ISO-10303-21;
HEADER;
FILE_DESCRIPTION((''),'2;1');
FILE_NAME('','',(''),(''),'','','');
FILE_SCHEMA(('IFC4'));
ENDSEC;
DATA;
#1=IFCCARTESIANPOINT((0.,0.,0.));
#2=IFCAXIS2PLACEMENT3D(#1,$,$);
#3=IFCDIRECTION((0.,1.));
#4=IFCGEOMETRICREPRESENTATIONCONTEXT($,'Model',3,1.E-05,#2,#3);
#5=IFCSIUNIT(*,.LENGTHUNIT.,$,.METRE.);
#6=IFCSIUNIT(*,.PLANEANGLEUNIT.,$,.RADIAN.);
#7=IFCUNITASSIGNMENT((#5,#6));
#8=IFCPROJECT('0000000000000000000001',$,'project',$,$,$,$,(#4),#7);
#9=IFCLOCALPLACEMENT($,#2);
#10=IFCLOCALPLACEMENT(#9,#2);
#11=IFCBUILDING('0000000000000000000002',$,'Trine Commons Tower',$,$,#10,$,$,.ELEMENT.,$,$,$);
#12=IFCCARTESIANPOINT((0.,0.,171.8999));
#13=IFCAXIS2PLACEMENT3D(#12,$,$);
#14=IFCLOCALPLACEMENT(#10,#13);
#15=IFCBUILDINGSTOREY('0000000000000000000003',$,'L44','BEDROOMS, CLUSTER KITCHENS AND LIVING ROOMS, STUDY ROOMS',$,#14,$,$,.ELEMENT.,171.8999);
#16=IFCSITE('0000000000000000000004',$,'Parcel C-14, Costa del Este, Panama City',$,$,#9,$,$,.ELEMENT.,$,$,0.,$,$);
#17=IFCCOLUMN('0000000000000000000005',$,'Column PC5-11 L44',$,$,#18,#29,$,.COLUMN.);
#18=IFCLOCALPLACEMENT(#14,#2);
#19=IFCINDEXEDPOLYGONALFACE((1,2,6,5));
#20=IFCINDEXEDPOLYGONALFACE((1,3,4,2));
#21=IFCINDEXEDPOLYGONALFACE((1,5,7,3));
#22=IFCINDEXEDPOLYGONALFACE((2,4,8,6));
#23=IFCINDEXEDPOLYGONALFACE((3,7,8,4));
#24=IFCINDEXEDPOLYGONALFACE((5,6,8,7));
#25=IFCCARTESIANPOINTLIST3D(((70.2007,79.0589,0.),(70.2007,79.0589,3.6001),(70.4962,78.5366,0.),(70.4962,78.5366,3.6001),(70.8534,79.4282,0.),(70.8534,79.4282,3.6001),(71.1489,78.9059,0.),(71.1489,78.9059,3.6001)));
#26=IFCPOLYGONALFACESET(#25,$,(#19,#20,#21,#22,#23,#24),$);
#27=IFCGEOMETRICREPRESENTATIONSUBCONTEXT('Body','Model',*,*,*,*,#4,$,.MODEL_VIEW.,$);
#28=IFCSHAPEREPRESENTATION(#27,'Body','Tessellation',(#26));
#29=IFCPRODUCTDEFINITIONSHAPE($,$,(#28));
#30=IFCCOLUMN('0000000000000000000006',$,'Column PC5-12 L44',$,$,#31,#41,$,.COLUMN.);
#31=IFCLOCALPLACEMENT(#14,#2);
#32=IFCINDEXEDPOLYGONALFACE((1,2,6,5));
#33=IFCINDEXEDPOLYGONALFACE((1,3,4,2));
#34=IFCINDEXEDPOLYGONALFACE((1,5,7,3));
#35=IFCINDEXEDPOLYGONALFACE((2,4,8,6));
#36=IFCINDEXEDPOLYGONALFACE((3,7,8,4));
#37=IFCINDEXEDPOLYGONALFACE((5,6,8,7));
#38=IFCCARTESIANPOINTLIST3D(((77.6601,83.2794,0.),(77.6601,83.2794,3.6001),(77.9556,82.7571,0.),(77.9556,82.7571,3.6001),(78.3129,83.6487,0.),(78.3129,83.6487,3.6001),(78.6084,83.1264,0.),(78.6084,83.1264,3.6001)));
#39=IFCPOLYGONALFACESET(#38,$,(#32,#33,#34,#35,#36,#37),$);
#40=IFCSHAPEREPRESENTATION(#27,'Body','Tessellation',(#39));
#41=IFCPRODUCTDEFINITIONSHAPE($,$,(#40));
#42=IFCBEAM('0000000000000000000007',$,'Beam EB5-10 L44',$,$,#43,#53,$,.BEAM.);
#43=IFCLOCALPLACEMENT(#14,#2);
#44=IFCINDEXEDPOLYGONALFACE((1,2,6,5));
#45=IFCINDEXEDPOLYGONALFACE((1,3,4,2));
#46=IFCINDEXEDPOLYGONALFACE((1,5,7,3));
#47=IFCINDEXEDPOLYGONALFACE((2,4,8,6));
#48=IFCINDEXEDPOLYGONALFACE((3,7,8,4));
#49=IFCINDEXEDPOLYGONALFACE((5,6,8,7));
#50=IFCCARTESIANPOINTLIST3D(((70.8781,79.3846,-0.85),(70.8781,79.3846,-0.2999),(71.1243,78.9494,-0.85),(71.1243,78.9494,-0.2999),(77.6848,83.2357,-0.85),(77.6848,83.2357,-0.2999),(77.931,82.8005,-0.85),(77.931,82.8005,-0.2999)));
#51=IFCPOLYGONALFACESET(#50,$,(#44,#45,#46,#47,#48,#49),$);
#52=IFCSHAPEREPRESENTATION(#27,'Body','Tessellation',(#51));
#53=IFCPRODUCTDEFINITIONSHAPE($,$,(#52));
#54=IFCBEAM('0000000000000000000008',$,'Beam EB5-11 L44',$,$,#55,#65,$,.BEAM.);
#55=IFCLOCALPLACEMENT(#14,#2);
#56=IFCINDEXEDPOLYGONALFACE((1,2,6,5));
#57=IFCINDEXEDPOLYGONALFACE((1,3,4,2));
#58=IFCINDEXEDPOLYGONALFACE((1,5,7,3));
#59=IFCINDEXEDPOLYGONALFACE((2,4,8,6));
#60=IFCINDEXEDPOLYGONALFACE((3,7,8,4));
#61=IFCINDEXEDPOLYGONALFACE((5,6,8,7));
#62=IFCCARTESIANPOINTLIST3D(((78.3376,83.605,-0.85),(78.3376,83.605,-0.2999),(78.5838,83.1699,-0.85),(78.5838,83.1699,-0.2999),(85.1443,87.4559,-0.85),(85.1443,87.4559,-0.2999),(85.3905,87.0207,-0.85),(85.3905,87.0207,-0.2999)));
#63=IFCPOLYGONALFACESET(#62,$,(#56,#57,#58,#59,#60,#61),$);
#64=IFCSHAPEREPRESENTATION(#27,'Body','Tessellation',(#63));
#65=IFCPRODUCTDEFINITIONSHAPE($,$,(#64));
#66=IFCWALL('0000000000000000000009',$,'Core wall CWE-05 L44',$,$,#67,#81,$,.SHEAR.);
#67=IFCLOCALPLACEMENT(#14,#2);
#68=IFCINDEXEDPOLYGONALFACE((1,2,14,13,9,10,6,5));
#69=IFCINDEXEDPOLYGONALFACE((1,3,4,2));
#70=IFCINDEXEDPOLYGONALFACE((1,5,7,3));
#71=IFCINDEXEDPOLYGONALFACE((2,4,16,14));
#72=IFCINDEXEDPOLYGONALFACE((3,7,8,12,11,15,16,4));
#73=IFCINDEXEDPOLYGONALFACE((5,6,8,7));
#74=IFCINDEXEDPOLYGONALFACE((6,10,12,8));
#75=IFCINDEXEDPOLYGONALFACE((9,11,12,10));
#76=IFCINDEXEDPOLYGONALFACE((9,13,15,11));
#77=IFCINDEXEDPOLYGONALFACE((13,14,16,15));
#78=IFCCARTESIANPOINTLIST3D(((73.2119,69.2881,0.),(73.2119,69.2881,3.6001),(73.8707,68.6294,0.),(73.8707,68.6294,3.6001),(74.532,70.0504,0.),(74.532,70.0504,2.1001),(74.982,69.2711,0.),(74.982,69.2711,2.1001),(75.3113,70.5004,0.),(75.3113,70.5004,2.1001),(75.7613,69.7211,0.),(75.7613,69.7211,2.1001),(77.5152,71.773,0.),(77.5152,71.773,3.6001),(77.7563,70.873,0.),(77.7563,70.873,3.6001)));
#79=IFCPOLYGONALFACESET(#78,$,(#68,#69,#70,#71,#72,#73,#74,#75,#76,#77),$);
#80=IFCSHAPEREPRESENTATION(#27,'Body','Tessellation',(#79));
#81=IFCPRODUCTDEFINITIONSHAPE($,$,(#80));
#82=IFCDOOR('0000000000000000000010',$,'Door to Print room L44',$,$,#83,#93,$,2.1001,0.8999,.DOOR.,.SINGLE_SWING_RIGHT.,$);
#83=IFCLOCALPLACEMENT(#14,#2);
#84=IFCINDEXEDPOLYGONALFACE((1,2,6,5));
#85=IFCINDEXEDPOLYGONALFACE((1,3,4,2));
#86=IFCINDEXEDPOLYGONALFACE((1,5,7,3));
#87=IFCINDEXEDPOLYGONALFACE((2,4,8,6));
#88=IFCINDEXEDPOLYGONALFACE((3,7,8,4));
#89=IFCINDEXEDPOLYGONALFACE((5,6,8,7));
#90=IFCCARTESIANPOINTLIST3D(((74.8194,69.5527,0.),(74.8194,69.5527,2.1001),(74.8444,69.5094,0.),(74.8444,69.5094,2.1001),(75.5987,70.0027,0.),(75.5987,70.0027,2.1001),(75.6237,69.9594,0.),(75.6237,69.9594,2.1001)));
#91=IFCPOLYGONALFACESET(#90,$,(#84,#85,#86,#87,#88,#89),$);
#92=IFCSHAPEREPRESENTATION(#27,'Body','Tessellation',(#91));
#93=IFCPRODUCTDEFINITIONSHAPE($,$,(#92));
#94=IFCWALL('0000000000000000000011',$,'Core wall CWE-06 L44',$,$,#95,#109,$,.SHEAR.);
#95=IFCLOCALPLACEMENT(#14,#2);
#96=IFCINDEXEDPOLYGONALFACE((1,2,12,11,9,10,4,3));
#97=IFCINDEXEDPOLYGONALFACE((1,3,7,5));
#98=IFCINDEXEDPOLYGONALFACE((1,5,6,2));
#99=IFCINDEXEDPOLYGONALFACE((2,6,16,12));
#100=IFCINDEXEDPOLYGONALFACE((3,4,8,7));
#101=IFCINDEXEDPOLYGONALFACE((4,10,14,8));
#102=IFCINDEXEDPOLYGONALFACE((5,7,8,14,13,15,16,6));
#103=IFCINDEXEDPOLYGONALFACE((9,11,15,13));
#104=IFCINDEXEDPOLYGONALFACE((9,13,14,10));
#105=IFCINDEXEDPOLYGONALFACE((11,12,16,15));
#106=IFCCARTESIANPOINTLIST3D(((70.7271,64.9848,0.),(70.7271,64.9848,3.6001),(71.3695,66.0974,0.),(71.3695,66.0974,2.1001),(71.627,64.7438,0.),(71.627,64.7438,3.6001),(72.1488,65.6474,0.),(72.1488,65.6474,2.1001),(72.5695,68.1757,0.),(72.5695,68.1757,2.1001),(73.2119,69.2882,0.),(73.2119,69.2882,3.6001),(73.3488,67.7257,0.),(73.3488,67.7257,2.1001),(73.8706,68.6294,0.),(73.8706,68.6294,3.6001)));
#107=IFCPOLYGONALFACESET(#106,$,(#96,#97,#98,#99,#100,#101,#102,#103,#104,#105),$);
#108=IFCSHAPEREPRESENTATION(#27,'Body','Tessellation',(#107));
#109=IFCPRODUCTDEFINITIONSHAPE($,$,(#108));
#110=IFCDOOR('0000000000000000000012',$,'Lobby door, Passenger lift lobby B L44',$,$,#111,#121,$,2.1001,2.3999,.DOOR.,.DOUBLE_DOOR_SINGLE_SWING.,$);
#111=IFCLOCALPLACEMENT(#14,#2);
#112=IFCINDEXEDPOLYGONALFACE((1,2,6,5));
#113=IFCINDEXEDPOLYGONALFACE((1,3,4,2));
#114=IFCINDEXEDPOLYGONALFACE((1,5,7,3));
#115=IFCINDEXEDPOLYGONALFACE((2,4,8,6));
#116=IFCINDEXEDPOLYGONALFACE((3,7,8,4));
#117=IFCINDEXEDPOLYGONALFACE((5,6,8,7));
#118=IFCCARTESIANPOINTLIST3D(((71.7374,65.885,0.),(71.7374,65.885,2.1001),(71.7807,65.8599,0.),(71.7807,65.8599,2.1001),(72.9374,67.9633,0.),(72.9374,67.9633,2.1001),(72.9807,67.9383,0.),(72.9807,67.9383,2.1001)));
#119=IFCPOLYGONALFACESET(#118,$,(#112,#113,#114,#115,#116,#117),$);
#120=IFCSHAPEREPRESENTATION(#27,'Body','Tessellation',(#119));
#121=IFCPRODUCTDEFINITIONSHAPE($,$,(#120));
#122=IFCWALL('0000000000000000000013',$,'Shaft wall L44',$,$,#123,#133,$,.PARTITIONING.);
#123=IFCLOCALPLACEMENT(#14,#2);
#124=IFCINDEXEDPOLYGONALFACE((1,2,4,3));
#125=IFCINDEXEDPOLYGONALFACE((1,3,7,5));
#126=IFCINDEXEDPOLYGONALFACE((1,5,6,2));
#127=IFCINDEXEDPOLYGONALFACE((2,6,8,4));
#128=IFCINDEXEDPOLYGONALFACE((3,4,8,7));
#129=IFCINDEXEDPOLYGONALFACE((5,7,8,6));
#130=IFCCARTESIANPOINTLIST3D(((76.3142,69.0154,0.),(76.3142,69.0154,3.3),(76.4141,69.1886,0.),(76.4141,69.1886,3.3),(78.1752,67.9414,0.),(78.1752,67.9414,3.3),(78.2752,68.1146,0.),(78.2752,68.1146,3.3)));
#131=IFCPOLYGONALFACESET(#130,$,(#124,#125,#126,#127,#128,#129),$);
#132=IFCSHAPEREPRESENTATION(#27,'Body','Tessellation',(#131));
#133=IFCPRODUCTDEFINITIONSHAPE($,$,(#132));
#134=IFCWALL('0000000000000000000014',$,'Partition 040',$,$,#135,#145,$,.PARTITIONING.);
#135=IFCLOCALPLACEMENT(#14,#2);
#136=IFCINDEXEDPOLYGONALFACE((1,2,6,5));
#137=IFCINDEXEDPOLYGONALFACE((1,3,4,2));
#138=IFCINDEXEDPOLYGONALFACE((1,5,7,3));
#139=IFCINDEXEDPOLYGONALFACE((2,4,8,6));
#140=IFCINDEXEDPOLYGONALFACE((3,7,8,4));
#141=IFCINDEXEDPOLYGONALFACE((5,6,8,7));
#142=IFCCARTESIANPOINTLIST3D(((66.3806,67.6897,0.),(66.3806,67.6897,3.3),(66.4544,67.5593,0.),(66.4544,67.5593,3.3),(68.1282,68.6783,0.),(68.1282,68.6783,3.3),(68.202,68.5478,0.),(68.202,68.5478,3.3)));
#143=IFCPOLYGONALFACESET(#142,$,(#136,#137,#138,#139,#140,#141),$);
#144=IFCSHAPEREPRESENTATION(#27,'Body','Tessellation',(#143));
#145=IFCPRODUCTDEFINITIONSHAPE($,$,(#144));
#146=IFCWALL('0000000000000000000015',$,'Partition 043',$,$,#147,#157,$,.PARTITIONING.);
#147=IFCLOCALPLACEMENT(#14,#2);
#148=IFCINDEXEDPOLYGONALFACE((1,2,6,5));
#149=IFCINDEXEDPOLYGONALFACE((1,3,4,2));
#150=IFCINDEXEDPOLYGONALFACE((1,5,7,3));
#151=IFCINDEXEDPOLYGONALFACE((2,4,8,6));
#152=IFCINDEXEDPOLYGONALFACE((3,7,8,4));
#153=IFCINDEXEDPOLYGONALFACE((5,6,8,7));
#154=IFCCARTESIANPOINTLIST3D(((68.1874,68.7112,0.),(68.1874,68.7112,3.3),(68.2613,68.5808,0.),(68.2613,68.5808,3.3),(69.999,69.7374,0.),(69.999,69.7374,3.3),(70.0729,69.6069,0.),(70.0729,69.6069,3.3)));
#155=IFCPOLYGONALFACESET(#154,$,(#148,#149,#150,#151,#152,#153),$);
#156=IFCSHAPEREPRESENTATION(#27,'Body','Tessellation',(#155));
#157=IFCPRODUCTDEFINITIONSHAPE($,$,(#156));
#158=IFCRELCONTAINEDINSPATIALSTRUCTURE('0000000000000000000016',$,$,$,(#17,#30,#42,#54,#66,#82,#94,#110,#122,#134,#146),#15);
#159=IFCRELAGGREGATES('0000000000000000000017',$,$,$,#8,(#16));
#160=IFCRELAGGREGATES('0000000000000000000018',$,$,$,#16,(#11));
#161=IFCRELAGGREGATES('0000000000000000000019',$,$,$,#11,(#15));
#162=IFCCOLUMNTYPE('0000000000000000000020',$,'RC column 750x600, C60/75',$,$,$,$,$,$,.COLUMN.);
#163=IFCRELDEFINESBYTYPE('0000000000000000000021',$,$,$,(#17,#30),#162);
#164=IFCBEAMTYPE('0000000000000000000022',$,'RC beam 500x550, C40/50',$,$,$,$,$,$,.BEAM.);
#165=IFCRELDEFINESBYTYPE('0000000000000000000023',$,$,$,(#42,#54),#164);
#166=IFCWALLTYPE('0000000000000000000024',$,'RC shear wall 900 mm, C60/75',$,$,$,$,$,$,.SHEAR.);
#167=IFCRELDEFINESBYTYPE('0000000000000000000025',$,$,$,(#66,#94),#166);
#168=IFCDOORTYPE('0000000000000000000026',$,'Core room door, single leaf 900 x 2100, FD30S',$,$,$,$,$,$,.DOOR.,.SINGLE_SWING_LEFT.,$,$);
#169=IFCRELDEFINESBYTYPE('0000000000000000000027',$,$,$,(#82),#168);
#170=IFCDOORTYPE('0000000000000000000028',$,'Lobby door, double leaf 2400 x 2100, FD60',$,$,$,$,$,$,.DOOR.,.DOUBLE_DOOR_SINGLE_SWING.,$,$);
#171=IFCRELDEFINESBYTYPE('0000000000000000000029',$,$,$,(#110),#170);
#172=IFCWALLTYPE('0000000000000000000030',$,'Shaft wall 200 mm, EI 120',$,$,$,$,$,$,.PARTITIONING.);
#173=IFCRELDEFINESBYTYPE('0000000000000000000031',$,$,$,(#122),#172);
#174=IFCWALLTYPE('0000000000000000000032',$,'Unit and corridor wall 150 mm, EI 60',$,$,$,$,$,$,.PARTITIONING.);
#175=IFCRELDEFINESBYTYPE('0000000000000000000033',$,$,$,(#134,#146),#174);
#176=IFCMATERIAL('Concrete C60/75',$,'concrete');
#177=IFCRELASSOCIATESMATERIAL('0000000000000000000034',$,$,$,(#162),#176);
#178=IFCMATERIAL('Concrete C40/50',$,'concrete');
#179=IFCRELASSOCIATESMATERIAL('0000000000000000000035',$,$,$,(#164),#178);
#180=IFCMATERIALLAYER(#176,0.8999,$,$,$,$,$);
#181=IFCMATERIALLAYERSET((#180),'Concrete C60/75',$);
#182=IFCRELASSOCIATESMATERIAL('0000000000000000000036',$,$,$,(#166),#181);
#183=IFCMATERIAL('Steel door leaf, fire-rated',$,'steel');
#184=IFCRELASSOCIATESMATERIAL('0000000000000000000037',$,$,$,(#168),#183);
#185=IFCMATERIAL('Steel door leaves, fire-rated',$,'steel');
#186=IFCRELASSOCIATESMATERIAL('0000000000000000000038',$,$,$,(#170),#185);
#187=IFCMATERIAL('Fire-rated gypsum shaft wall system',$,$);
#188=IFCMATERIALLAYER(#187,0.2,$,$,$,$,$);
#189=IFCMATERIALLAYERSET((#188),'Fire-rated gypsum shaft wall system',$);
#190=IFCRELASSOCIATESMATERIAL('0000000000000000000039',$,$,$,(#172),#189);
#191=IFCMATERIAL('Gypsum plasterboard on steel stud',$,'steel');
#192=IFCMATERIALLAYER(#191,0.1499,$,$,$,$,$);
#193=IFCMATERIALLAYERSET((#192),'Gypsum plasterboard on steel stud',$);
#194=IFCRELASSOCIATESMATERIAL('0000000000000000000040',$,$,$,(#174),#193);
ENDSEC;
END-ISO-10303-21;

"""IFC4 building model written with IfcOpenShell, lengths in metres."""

from ifc_helpers import new_model, si_unit, direction, frame, frame_2d, origin, origin_2d, place, context, subcontext, project, spatial, polyline, rectangle, outline, extrude, material, layer, layer_set, material_profile, profile_set, type_object, element, fill, save


model = new_model("IFC4")

# Units and contexts
model_context = context("Model", 3, precision=1e-05, world=origin(), true_north=direction((0.0, 1.0)))
body_context = subcontext(model_context, "Body", "Model", "MODEL_VIEW")
ifc_project = project(units=[si_unit("LENGTHUNIT", "METRE"), si_unit("PLANEANGLEUNIT", "RADIAN")], contexts=[model_context])

# Site, building, storey
site_placement = place(None, origin())
site = spatial("IfcSite", under=ifc_project, at=site_placement, Name="Parcel C-14, Costa del Este, Panama City", CompositionType="ELEMENT", RefElevation=0.0)
building_placement = place(site_placement, origin())
building = spatial("IfcBuilding", under=site, at=building_placement, Name="Trine Commons Tower", CompositionType="ELEMENT")
storey_placement = place(building_placement, frame((0.0, 0.0, 171.8999)))
storey = spatial("IfcBuildingStorey", under=building, at=storey_placement, Name="L44", Description="BEDROOMS, CLUSTER KITCHENS AND LIVING ROOMS, STUDY ROOMS", CompositionType="ELEMENT", Elevation=171.8999)

# Columns
ifc_material_1 = material(Name="Concrete C60/75", Category="concrete")
ifc_material_profile_1 = material_profile(ifc_material_1, rectangle(XDim=0.75, YDim=0.6001, at=origin_2d()), Name="RC 750x600")
ifc_profile_set_1 = profile_set([ifc_material_profile_1], Name="Concrete C60/75")
column_type = type_object("IfcColumnType", Name="RC column 750x600, C60/75", PredefinedType="COLUMN", material=ifc_profile_set_1)
for number, where, z_axis, x_axis, name in (
    (1, (70.6748, 78.9824, 0.0), (0.0, 0.0, 1.0), (0.870356, 0.492424, 0.0), "Column PC5-11 L44"),
    (2, (78.1343, 83.2029, 0.0), (0.0, 0.0, 1.0), (0.870356, 0.492424, 0.0), "Column PC5-12 L44"),
):
    element("IfcColumn", number, at=place(storey_placement, frame(where, z_axis=z_axis, x_axis=x_axis)), inside=storey, type_object=column_type, Name=name, PredefinedType="COLUMN", context=body_context, shape_type="SweptSolid", body=[
        extrude(rectangle(XDim=0.75, YDim=0.6001, at=origin_2d()), origin(), (0.0, 0.0, 1.0), 3.6001),
    ])

# Beams
ifc_material_2 = material(Name="Concrete C40/50", Category="concrete")
ifc_material_profile_2 = material_profile(ifc_material_2, rectangle(XDim=0.5, YDim=0.55, at=origin_2d()), Name="RC 500x550")
ifc_profile_set_2 = profile_set([ifc_material_profile_2], Name="Concrete C40/50")
beam_type = type_object("IfcBeamType", Name="RC beam 500x550, C40/50", PredefinedType="BEAM", material=ifc_profile_set_2)
for number, where, z_axis, x_axis, name in (
    (3, (71.0012, 79.167, -0.575), (0.870352, 0.49243, 0.0), (-0.49243, 0.870352, 0.0), "Beam EB5-10 L44"),
    (4, (78.4607, 83.3875, -0.575), (0.870366, 0.492406, 0.0), (-0.492406, 0.870366, 0.0), "Beam EB5-11 L44"),
):
    element("IfcBeam", number, at=place(storey_placement, frame(where, z_axis=z_axis, x_axis=x_axis)), inside=storey, type_object=beam_type, Name=name, PredefinedType="BEAM", context=body_context, shape_type="SweptSolid", body=[
        extrude(rectangle(XDim=0.5, YDim=0.55, at=origin_2d()), origin(), (0.0, 0.0, 1.0), 7.8206),
    ])

# Walls, openings, doors
ifc_layer_1 = layer(ifc_material_1, 0.8999)
ifc_layer_set_1 = layer_set([ifc_layer_1], Name="Concrete C60/75")
wall_type_1 = type_object("IfcWallType", Name="RC shear wall 900 mm, C60/75", PredefinedType="SHEAR", material=ifc_layer_set_1)
wall_1_placement = place(storey_placement, frame((77.7402, 71.3833, 0.0), z_axis=(0.0, 0.0, 1.0), x_axis=(-0.866003, -0.500039, 0.0)))
wall_1 = element("IfcWall", 5, at=wall_1_placement, inside=storey, type_object=wall_type_1, Name="Core wall CWE-05 L44", PredefinedType="SHEAR", context=body_context, shape_type="SweptSolid", body=[
    extrude(outline(polyline([(0.0, -0.45), (4.9692, -0.45), (4.728, 0.45), (0.2412, 0.45), (0.0, -0.45)])), origin(), (0.0, 0.0, 1.0), 3.6001),
])
opening_1_placement = place(wall_1_placement, frame((2.5449, 0.0, 0.0)))
opening_1 = element("IfcOpeningElement", 6, at=opening_1_placement, cuts=wall_1, PredefinedType="OPENING", context=body_context, shape_type="SweptSolid", body=[
    extrude(rectangle(XDim=0.8999, YDim=2.1001, at=frame_2d((0.45, 1.05))), frame((0.0, 0.46, 0.0), z_axis=(0.0, -1.0, 0.0), x_axis=(1.0, 0.0, 0.0)), (0.0, 0.0, 1.0), 0.9199),
])
ifc_material_3 = material(Name="Steel door leaf, fire-rated", Category="steel")
door_type_1 = type_object("IfcDoorType", Name="Core room door, single leaf 900 x 2100, FD30S", OperationType="SINGLE_SWING_LEFT", PredefinedType="DOOR", material=ifc_material_3)
door_1_placement = place(opening_1_placement, origin())
door_1 = element("IfcDoor", 7, at=door_1_placement, inside=storey, type_object=door_type_1, Name="Door to Print room L44", OperationType="SINGLE_SWING_RIGHT", OverallHeight=2.1001, OverallWidth=0.8999, PredefinedType="DOOR", context=body_context, shape_type="SweptSolid", body=[
    extrude(rectangle(XDim=0.8999, YDim=2.1001, at=frame_2d((0.45, 1.05))), frame((0.0, 0.1748, 0.0), z_axis=(0.0, -1.0, 0.0), x_axis=(1.0, 0.0, 0.0)), (0.0, 0.0, 1.0), 0.05),
])
fill(opening_1, door_1)
wall_2_placement = place(storey_placement, frame((73.6016, 69.0632, 0.0), z_axis=(0.0, 0.0, 1.0), x_axis=(-0.500039, -0.866003, 0.0)))
wall_2 = element("IfcWall", 8, at=wall_2_placement, inside=storey, type_object=wall_type_1, Name="Core wall CWE-06 L44", PredefinedType="SHEAR", context=body_context, shape_type="SweptSolid", body=[
    extrude(outline(polyline([(0.0, -0.45), (4.9692, -0.45), (4.728, 0.45), (0.2412, 0.45), (0.0, -0.45)])), origin(), (0.0, 0.0, 1.0), 3.6001),
])
opening_2_placement = place(wall_2_placement, frame((1.2847, 0.0, 0.0)))
opening_2 = element("IfcOpeningElement", 9, at=opening_2_placement, cuts=wall_2, PredefinedType="OPENING", context=body_context, shape_type="SweptSolid", body=[
    extrude(rectangle(XDim=2.3999, YDim=2.1001, at=frame_2d((1.2, 1.05))), frame((0.0, 0.46, 0.0), z_axis=(0.0, -1.0, 0.0), x_axis=(1.0, 0.0, 0.0)), (0.0, 0.0, 1.0), 0.9199),
])
ifc_material_4 = material(Name="Steel door leaves, fire-rated", Category="steel")
door_type_2 = type_object("IfcDoorType", Name="Lobby door, double leaf 2400 x 2100, FD60", OperationType="DOUBLE_DOOR_SINGLE_SWING", PredefinedType="DOOR", material=ifc_material_4)
door_2_placement = place(opening_2_placement, origin())
door_2 = element("IfcDoor", 10, at=door_2_placement, inside=storey, type_object=door_type_2, Name="Lobby door, Passenger lift lobby B L44", OperationType="DOUBLE_DOOR_SINGLE_SWING", OverallHeight=2.1001, OverallWidth=2.3999, PredefinedType="DOOR", context=body_context, shape_type="SweptSolid", body=[
    extrude(rectangle(XDim=2.3999, YDim=2.1001, at=frame_2d((1.2, 1.05))), frame((0.0, 0.0249, 0.0), z_axis=(0.0, -1.0, 0.0), x_axis=(1.0, 0.0, 0.0)), (0.0, 0.0, 1.0), 0.05),
])
fill(opening_2, door_2)

# Walls
ifc_material_5 = material(Name="Fire-rated gypsum shaft wall system")
ifc_layer_2 = layer(ifc_material_5, 0.2)
ifc_layer_set_2 = layer_set([ifc_layer_2], Name="Fire-rated gypsum shaft wall system")
wall_type_2 = type_object("IfcWallType", Name="Shaft wall 200 mm, EI 120", PredefinedType="PARTITIONING", material=ifc_layer_set_2)
wall_3_placement = place(storey_placement, frame((78.2251, 68.0281, 0.0), z_axis=(0.0, 0.0, 1.0), x_axis=(-0.866131, 0.499818, 0.0)))
element("IfcWall", 11, at=wall_3_placement, inside=storey, type_object=wall_type_2, Name="Shaft wall L44", PredefinedType="PARTITIONING", context=body_context, shape_type="SweptSolid", body=[
    extrude(rectangle(XDim=2.1487, YDim=0.2, at=frame_2d((1.0742, 0.0))), origin(), (0.0, 0.0, 1.0), 3.3),
])
ifc_material_6 = material(Name="Gypsum plasterboard on steel stud", Category="steel")
ifc_layer_3 = layer(ifc_material_6, 0.1499)
ifc_layer_set_3 = layer_set([ifc_layer_3], Name="Gypsum plasterboard on steel stud")
wall_type_3 = type_object("IfcWallType", Name="Unit and corridor wall 150 mm, EI 60", PredefinedType="PARTITIONING", material=ifc_layer_set_3)
wall_4_placement = place(storey_placement, frame((66.4175, 67.6245, 0.0), z_axis=(0.0, 0.0, 1.0), x_axis=(0.870397, 0.49235, 0.0)))
element("IfcWall", 12, at=wall_4_placement, inside=storey, type_object=wall_type_3, Name="Partition 040", PredefinedType="PARTITIONING", context=body_context, shape_type="SweptSolid", body=[
    extrude(rectangle(XDim=2.0078, YDim=0.1499, at=frame_2d((1.0039, 0.0))), origin(), (0.0, 0.0, 1.0), 3.3),
])
wall_5_placement = place(storey_placement, frame((68.2244, 68.646, 0.0), z_axis=(0.0, 0.0, 1.0), x_axis=(0.870106, 0.492865, 0.0)))
element("IfcWall", 13, at=wall_5_placement, inside=storey, type_object=wall_type_3, Name="Partition 043", PredefinedType="PARTITIONING", context=body_context, shape_type="SweptSolid", body=[
    extrude(rectangle(XDim=2.082, YDim=0.1499, at=frame_2d((1.041, 0.0))), origin(), (0.0, 0.0, 1.0), 3.3),
])

save(model, "model.ifc")
